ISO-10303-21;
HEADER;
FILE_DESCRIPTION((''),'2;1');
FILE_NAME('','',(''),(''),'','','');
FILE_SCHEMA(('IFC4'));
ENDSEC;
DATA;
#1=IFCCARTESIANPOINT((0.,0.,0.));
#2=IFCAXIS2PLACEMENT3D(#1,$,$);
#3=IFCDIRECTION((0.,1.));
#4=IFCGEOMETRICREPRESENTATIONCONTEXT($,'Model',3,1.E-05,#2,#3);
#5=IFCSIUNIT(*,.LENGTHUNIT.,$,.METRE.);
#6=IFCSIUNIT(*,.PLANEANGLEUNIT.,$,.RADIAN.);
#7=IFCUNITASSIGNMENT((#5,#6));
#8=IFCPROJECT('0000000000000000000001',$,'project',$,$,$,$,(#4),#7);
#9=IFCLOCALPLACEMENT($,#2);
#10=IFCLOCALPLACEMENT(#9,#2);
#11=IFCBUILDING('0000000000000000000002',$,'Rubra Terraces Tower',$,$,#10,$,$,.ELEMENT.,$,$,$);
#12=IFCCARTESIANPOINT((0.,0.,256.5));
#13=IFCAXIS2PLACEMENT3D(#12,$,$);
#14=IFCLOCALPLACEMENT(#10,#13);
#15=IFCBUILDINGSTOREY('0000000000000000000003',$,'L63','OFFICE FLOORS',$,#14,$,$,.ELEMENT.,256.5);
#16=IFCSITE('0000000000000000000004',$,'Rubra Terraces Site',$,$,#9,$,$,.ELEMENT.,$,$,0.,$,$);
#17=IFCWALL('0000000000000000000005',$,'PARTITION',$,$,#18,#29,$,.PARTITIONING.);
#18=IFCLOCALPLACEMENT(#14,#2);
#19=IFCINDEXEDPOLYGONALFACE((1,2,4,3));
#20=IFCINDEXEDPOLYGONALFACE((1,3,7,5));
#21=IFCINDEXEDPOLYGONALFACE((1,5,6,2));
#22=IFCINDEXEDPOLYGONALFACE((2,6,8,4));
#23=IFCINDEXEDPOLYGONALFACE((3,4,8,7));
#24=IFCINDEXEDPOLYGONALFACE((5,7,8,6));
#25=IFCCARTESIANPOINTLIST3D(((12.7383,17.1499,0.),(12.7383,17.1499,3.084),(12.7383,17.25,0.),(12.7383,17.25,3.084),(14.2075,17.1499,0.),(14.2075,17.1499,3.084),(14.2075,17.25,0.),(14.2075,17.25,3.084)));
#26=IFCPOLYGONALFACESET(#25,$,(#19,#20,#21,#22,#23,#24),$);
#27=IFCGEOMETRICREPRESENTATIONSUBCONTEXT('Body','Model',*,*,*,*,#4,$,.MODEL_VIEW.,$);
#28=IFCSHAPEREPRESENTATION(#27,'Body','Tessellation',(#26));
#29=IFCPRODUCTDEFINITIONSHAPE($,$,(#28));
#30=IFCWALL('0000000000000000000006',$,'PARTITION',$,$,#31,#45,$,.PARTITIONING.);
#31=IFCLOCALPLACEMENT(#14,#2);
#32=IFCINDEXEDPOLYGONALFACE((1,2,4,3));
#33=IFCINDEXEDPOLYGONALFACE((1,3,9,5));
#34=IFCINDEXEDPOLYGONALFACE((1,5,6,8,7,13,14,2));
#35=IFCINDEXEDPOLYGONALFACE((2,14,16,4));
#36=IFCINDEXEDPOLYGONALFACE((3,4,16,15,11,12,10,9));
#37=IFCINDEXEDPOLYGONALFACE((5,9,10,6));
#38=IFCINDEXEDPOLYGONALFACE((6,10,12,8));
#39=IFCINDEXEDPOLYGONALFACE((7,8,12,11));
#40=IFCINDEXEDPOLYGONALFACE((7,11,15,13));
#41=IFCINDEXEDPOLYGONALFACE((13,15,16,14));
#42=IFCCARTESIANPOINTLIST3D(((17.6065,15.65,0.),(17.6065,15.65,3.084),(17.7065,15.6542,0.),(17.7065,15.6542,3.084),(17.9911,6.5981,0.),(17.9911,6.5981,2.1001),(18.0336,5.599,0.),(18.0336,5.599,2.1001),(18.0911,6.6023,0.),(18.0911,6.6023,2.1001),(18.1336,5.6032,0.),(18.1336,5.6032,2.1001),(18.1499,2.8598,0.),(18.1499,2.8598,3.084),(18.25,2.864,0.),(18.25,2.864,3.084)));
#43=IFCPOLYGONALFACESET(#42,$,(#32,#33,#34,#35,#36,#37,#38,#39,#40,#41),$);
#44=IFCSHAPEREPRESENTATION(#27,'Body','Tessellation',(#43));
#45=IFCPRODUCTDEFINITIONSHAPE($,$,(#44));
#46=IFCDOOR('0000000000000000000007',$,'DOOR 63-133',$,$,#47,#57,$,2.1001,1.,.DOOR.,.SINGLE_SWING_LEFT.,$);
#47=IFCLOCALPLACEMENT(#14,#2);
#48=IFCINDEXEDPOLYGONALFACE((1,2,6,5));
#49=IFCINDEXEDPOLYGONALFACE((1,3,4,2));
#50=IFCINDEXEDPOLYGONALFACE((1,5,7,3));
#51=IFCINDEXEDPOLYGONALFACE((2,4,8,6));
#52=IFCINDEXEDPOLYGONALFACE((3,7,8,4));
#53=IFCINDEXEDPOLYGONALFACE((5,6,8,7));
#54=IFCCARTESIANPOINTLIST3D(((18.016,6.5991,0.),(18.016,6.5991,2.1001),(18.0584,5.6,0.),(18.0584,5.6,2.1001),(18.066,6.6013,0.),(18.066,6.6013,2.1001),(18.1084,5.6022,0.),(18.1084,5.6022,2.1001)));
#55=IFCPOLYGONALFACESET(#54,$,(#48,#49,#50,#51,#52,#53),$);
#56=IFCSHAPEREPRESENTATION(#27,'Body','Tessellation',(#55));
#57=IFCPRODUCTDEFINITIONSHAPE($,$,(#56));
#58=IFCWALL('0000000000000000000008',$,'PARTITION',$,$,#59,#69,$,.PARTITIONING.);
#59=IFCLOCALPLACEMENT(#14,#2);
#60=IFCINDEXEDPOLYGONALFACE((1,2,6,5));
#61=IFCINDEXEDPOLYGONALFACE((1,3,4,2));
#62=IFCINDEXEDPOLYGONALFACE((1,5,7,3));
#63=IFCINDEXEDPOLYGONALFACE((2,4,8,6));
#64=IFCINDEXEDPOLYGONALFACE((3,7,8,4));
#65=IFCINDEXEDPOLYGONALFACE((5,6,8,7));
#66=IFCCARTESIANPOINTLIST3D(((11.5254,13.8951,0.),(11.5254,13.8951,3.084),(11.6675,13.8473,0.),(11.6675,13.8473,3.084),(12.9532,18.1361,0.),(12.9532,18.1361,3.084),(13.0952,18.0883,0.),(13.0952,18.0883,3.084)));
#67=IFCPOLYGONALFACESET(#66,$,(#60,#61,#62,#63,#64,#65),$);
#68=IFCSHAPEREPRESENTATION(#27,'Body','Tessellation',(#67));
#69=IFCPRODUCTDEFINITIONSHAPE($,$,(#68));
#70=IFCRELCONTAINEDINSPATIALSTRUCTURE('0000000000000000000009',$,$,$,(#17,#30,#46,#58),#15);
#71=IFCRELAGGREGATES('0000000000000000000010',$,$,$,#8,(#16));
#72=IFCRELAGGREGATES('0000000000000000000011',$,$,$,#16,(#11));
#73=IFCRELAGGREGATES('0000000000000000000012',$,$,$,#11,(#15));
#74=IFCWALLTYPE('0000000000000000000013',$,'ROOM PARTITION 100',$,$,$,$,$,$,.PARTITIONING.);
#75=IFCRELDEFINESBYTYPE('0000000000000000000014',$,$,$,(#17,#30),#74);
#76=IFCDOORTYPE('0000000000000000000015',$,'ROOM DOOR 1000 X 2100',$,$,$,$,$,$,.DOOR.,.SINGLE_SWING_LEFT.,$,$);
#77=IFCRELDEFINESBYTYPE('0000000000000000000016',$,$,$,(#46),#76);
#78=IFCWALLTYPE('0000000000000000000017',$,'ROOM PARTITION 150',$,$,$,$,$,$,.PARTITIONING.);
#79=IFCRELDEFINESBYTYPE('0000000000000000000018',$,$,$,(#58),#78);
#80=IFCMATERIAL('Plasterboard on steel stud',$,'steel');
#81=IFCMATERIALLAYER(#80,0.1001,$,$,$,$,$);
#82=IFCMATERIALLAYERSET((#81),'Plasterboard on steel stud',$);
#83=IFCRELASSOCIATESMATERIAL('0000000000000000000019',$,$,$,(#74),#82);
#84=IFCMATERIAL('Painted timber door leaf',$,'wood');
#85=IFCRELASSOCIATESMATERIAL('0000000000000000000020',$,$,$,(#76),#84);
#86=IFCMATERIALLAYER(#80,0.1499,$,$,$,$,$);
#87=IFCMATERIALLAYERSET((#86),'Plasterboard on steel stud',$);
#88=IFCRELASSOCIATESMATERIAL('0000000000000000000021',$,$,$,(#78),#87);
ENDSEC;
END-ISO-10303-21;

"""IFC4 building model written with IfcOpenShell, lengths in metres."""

from ifc_helpers import new_model, si_unit, direction, frame, frame_2d, origin, place, context, subcontext, project, spatial, rectangle, extrude, material, layer, layer_set, type_object, element, fill, save


model = new_model("IFC4")

# Units and contexts
model_context = context("Model", 3, precision=1e-05, world=origin(), true_north=direction((0.0, 1.0)))
body_context = subcontext(model_context, "Body", "Model", "MODEL_VIEW")
ifc_project = project(units=[si_unit("LENGTHUNIT", "METRE"), si_unit("PLANEANGLEUNIT", "RADIAN")], contexts=[model_context])

# Site, building, storey
site_placement = place(None, origin())
site = spatial("IfcSite", under=ifc_project, at=site_placement, Name="Rubra Terraces Site", CompositionType="ELEMENT", RefElevation=0.0)
building_placement = place(site_placement, origin())
building = spatial("IfcBuilding", under=site, at=building_placement, Name="Rubra Terraces Tower", CompositionType="ELEMENT")
storey_placement = place(building_placement, frame((0.0, 0.0, 256.5)))
storey = spatial("IfcBuildingStorey", under=building, at=storey_placement, Name="L63", Description="OFFICE FLOORS", CompositionType="ELEMENT", Elevation=256.5)

# Shared definitions
ifc_material_1 = material(Name="Painted timber door leaf", Category="wood")

# Wall
ifc_material_2 = material(Name="Plasterboard on steel stud", Category="steel")
ifc_layer_1 = layer(ifc_material_2, 0.1001)
ifc_layer_set_1 = layer_set([ifc_layer_1], Name="Plasterboard on steel stud")
wall_type_1 = type_object("IfcWallType", Name="ROOM PARTITION 100", PredefinedType="PARTITIONING", material=ifc_layer_set_1)
wall_1_placement = place(storey_placement, frame((12.7383, 17.2, 0.0), z_axis=(0.0, 0.0, 1.0), x_axis=(1.0, 0.0, 0.0)))
element("IfcWall", 1, at=wall_1_placement, inside=storey, type_object=wall_type_1, Name="PARTITION", PredefinedType="PARTITIONING", context=body_context, shape_type="SweptSolid", body=[
    extrude(rectangle(XDim=1.4692, YDim=0.1001, at=frame_2d((0.7346, 0.0))), origin(), (0.0, 0.0, 1.0), 3.084),
])

# Wall, opening, door
wall_2_placement = place(storey_placement, frame((17.6565, 15.6521, 0.0), z_axis=(0.0, 0.0, 1.0), x_axis=(0.042452, -0.999099, 0.0)))
wall_2 = element("IfcWall", 2, at=wall_2_placement, inside=storey, type_object=wall_type_1, Name="PARTITION", PredefinedType="PARTITIONING", context=body_context, shape_type="SweptSolid", body=[
    extrude(rectangle(XDim=12.8018, YDim=0.1001, at=frame_2d((6.4009, 0.0))), origin(), (0.0, 0.0, 1.0), 3.084),
])
opening_1_placement = place(wall_2_placement, frame((9.0601, 0.0, 0.0)))
opening_1 = element("IfcOpeningElement", 3, at=opening_1_placement, cuts=wall_2, PredefinedType="OPENING", context=body_context, shape_type="SweptSolid", body=[
    extrude(rectangle(XDim=1.0, YDim=2.1001, at=frame_2d((0.5, 1.05))), frame((0.0, 0.0601, 0.0), z_axis=(0.0, -1.0, 0.0), x_axis=(1.0, 0.0, 0.0)), (0.0, 0.0, 1.0), 0.1201),
])
door_type_1 = type_object("IfcDoorType", Name="ROOM DOOR 1000 X 2100", OperationType="SINGLE_SWING_LEFT", PredefinedType="DOOR", material=ifc_material_1)
door_1_placement = place(opening_1_placement, origin())
door_1 = element("IfcDoor", 4, at=door_1_placement, inside=storey, type_object=door_type_1, Name="DOOR 63-133", OperationType="SINGLE_SWING_LEFT", OverallHeight=2.1001, OverallWidth=1.0, PredefinedType="DOOR", context=body_context, shape_type="SweptSolid", body=[
    extrude(rectangle(XDim=1.0, YDim=2.1001, at=frame_2d((0.5, 1.05))), frame((0.0, 0.0249, 0.0), z_axis=(0.0, -1.0, 0.0), x_axis=(1.0, 0.0, 0.0)), (0.0, 0.0, 1.0), 0.05),
])
fill(opening_1, door_1)

# Wall
ifc_layer_2 = layer(ifc_material_2, 0.1499)
ifc_layer_set_2 = layer_set([ifc_layer_2], Name="Plasterboard on steel stud")
wall_type_2 = type_object("IfcWallType", Name="ROOM PARTITION 150", PredefinedType="PARTITIONING", material=ifc_layer_set_2)
wall_3_placement = place(storey_placement, frame((13.0242, 18.1121, 0.0), z_axis=(0.0, 0.0, 1.0), x_axis=(-0.319058, -0.947735, 0.0)))
element("IfcWall", 5, at=wall_3_placement, inside=storey, type_object=wall_type_2, Name="PARTITION", PredefinedType="PARTITIONING", context=body_context, shape_type="SweptSolid", body=[
    extrude(rectangle(XDim=4.4749, YDim=0.1499, at=frame_2d((2.2373, 0.0))), origin(), (0.0, 0.0, 1.0), 3.084),
])

save(model, "model.ifc")
